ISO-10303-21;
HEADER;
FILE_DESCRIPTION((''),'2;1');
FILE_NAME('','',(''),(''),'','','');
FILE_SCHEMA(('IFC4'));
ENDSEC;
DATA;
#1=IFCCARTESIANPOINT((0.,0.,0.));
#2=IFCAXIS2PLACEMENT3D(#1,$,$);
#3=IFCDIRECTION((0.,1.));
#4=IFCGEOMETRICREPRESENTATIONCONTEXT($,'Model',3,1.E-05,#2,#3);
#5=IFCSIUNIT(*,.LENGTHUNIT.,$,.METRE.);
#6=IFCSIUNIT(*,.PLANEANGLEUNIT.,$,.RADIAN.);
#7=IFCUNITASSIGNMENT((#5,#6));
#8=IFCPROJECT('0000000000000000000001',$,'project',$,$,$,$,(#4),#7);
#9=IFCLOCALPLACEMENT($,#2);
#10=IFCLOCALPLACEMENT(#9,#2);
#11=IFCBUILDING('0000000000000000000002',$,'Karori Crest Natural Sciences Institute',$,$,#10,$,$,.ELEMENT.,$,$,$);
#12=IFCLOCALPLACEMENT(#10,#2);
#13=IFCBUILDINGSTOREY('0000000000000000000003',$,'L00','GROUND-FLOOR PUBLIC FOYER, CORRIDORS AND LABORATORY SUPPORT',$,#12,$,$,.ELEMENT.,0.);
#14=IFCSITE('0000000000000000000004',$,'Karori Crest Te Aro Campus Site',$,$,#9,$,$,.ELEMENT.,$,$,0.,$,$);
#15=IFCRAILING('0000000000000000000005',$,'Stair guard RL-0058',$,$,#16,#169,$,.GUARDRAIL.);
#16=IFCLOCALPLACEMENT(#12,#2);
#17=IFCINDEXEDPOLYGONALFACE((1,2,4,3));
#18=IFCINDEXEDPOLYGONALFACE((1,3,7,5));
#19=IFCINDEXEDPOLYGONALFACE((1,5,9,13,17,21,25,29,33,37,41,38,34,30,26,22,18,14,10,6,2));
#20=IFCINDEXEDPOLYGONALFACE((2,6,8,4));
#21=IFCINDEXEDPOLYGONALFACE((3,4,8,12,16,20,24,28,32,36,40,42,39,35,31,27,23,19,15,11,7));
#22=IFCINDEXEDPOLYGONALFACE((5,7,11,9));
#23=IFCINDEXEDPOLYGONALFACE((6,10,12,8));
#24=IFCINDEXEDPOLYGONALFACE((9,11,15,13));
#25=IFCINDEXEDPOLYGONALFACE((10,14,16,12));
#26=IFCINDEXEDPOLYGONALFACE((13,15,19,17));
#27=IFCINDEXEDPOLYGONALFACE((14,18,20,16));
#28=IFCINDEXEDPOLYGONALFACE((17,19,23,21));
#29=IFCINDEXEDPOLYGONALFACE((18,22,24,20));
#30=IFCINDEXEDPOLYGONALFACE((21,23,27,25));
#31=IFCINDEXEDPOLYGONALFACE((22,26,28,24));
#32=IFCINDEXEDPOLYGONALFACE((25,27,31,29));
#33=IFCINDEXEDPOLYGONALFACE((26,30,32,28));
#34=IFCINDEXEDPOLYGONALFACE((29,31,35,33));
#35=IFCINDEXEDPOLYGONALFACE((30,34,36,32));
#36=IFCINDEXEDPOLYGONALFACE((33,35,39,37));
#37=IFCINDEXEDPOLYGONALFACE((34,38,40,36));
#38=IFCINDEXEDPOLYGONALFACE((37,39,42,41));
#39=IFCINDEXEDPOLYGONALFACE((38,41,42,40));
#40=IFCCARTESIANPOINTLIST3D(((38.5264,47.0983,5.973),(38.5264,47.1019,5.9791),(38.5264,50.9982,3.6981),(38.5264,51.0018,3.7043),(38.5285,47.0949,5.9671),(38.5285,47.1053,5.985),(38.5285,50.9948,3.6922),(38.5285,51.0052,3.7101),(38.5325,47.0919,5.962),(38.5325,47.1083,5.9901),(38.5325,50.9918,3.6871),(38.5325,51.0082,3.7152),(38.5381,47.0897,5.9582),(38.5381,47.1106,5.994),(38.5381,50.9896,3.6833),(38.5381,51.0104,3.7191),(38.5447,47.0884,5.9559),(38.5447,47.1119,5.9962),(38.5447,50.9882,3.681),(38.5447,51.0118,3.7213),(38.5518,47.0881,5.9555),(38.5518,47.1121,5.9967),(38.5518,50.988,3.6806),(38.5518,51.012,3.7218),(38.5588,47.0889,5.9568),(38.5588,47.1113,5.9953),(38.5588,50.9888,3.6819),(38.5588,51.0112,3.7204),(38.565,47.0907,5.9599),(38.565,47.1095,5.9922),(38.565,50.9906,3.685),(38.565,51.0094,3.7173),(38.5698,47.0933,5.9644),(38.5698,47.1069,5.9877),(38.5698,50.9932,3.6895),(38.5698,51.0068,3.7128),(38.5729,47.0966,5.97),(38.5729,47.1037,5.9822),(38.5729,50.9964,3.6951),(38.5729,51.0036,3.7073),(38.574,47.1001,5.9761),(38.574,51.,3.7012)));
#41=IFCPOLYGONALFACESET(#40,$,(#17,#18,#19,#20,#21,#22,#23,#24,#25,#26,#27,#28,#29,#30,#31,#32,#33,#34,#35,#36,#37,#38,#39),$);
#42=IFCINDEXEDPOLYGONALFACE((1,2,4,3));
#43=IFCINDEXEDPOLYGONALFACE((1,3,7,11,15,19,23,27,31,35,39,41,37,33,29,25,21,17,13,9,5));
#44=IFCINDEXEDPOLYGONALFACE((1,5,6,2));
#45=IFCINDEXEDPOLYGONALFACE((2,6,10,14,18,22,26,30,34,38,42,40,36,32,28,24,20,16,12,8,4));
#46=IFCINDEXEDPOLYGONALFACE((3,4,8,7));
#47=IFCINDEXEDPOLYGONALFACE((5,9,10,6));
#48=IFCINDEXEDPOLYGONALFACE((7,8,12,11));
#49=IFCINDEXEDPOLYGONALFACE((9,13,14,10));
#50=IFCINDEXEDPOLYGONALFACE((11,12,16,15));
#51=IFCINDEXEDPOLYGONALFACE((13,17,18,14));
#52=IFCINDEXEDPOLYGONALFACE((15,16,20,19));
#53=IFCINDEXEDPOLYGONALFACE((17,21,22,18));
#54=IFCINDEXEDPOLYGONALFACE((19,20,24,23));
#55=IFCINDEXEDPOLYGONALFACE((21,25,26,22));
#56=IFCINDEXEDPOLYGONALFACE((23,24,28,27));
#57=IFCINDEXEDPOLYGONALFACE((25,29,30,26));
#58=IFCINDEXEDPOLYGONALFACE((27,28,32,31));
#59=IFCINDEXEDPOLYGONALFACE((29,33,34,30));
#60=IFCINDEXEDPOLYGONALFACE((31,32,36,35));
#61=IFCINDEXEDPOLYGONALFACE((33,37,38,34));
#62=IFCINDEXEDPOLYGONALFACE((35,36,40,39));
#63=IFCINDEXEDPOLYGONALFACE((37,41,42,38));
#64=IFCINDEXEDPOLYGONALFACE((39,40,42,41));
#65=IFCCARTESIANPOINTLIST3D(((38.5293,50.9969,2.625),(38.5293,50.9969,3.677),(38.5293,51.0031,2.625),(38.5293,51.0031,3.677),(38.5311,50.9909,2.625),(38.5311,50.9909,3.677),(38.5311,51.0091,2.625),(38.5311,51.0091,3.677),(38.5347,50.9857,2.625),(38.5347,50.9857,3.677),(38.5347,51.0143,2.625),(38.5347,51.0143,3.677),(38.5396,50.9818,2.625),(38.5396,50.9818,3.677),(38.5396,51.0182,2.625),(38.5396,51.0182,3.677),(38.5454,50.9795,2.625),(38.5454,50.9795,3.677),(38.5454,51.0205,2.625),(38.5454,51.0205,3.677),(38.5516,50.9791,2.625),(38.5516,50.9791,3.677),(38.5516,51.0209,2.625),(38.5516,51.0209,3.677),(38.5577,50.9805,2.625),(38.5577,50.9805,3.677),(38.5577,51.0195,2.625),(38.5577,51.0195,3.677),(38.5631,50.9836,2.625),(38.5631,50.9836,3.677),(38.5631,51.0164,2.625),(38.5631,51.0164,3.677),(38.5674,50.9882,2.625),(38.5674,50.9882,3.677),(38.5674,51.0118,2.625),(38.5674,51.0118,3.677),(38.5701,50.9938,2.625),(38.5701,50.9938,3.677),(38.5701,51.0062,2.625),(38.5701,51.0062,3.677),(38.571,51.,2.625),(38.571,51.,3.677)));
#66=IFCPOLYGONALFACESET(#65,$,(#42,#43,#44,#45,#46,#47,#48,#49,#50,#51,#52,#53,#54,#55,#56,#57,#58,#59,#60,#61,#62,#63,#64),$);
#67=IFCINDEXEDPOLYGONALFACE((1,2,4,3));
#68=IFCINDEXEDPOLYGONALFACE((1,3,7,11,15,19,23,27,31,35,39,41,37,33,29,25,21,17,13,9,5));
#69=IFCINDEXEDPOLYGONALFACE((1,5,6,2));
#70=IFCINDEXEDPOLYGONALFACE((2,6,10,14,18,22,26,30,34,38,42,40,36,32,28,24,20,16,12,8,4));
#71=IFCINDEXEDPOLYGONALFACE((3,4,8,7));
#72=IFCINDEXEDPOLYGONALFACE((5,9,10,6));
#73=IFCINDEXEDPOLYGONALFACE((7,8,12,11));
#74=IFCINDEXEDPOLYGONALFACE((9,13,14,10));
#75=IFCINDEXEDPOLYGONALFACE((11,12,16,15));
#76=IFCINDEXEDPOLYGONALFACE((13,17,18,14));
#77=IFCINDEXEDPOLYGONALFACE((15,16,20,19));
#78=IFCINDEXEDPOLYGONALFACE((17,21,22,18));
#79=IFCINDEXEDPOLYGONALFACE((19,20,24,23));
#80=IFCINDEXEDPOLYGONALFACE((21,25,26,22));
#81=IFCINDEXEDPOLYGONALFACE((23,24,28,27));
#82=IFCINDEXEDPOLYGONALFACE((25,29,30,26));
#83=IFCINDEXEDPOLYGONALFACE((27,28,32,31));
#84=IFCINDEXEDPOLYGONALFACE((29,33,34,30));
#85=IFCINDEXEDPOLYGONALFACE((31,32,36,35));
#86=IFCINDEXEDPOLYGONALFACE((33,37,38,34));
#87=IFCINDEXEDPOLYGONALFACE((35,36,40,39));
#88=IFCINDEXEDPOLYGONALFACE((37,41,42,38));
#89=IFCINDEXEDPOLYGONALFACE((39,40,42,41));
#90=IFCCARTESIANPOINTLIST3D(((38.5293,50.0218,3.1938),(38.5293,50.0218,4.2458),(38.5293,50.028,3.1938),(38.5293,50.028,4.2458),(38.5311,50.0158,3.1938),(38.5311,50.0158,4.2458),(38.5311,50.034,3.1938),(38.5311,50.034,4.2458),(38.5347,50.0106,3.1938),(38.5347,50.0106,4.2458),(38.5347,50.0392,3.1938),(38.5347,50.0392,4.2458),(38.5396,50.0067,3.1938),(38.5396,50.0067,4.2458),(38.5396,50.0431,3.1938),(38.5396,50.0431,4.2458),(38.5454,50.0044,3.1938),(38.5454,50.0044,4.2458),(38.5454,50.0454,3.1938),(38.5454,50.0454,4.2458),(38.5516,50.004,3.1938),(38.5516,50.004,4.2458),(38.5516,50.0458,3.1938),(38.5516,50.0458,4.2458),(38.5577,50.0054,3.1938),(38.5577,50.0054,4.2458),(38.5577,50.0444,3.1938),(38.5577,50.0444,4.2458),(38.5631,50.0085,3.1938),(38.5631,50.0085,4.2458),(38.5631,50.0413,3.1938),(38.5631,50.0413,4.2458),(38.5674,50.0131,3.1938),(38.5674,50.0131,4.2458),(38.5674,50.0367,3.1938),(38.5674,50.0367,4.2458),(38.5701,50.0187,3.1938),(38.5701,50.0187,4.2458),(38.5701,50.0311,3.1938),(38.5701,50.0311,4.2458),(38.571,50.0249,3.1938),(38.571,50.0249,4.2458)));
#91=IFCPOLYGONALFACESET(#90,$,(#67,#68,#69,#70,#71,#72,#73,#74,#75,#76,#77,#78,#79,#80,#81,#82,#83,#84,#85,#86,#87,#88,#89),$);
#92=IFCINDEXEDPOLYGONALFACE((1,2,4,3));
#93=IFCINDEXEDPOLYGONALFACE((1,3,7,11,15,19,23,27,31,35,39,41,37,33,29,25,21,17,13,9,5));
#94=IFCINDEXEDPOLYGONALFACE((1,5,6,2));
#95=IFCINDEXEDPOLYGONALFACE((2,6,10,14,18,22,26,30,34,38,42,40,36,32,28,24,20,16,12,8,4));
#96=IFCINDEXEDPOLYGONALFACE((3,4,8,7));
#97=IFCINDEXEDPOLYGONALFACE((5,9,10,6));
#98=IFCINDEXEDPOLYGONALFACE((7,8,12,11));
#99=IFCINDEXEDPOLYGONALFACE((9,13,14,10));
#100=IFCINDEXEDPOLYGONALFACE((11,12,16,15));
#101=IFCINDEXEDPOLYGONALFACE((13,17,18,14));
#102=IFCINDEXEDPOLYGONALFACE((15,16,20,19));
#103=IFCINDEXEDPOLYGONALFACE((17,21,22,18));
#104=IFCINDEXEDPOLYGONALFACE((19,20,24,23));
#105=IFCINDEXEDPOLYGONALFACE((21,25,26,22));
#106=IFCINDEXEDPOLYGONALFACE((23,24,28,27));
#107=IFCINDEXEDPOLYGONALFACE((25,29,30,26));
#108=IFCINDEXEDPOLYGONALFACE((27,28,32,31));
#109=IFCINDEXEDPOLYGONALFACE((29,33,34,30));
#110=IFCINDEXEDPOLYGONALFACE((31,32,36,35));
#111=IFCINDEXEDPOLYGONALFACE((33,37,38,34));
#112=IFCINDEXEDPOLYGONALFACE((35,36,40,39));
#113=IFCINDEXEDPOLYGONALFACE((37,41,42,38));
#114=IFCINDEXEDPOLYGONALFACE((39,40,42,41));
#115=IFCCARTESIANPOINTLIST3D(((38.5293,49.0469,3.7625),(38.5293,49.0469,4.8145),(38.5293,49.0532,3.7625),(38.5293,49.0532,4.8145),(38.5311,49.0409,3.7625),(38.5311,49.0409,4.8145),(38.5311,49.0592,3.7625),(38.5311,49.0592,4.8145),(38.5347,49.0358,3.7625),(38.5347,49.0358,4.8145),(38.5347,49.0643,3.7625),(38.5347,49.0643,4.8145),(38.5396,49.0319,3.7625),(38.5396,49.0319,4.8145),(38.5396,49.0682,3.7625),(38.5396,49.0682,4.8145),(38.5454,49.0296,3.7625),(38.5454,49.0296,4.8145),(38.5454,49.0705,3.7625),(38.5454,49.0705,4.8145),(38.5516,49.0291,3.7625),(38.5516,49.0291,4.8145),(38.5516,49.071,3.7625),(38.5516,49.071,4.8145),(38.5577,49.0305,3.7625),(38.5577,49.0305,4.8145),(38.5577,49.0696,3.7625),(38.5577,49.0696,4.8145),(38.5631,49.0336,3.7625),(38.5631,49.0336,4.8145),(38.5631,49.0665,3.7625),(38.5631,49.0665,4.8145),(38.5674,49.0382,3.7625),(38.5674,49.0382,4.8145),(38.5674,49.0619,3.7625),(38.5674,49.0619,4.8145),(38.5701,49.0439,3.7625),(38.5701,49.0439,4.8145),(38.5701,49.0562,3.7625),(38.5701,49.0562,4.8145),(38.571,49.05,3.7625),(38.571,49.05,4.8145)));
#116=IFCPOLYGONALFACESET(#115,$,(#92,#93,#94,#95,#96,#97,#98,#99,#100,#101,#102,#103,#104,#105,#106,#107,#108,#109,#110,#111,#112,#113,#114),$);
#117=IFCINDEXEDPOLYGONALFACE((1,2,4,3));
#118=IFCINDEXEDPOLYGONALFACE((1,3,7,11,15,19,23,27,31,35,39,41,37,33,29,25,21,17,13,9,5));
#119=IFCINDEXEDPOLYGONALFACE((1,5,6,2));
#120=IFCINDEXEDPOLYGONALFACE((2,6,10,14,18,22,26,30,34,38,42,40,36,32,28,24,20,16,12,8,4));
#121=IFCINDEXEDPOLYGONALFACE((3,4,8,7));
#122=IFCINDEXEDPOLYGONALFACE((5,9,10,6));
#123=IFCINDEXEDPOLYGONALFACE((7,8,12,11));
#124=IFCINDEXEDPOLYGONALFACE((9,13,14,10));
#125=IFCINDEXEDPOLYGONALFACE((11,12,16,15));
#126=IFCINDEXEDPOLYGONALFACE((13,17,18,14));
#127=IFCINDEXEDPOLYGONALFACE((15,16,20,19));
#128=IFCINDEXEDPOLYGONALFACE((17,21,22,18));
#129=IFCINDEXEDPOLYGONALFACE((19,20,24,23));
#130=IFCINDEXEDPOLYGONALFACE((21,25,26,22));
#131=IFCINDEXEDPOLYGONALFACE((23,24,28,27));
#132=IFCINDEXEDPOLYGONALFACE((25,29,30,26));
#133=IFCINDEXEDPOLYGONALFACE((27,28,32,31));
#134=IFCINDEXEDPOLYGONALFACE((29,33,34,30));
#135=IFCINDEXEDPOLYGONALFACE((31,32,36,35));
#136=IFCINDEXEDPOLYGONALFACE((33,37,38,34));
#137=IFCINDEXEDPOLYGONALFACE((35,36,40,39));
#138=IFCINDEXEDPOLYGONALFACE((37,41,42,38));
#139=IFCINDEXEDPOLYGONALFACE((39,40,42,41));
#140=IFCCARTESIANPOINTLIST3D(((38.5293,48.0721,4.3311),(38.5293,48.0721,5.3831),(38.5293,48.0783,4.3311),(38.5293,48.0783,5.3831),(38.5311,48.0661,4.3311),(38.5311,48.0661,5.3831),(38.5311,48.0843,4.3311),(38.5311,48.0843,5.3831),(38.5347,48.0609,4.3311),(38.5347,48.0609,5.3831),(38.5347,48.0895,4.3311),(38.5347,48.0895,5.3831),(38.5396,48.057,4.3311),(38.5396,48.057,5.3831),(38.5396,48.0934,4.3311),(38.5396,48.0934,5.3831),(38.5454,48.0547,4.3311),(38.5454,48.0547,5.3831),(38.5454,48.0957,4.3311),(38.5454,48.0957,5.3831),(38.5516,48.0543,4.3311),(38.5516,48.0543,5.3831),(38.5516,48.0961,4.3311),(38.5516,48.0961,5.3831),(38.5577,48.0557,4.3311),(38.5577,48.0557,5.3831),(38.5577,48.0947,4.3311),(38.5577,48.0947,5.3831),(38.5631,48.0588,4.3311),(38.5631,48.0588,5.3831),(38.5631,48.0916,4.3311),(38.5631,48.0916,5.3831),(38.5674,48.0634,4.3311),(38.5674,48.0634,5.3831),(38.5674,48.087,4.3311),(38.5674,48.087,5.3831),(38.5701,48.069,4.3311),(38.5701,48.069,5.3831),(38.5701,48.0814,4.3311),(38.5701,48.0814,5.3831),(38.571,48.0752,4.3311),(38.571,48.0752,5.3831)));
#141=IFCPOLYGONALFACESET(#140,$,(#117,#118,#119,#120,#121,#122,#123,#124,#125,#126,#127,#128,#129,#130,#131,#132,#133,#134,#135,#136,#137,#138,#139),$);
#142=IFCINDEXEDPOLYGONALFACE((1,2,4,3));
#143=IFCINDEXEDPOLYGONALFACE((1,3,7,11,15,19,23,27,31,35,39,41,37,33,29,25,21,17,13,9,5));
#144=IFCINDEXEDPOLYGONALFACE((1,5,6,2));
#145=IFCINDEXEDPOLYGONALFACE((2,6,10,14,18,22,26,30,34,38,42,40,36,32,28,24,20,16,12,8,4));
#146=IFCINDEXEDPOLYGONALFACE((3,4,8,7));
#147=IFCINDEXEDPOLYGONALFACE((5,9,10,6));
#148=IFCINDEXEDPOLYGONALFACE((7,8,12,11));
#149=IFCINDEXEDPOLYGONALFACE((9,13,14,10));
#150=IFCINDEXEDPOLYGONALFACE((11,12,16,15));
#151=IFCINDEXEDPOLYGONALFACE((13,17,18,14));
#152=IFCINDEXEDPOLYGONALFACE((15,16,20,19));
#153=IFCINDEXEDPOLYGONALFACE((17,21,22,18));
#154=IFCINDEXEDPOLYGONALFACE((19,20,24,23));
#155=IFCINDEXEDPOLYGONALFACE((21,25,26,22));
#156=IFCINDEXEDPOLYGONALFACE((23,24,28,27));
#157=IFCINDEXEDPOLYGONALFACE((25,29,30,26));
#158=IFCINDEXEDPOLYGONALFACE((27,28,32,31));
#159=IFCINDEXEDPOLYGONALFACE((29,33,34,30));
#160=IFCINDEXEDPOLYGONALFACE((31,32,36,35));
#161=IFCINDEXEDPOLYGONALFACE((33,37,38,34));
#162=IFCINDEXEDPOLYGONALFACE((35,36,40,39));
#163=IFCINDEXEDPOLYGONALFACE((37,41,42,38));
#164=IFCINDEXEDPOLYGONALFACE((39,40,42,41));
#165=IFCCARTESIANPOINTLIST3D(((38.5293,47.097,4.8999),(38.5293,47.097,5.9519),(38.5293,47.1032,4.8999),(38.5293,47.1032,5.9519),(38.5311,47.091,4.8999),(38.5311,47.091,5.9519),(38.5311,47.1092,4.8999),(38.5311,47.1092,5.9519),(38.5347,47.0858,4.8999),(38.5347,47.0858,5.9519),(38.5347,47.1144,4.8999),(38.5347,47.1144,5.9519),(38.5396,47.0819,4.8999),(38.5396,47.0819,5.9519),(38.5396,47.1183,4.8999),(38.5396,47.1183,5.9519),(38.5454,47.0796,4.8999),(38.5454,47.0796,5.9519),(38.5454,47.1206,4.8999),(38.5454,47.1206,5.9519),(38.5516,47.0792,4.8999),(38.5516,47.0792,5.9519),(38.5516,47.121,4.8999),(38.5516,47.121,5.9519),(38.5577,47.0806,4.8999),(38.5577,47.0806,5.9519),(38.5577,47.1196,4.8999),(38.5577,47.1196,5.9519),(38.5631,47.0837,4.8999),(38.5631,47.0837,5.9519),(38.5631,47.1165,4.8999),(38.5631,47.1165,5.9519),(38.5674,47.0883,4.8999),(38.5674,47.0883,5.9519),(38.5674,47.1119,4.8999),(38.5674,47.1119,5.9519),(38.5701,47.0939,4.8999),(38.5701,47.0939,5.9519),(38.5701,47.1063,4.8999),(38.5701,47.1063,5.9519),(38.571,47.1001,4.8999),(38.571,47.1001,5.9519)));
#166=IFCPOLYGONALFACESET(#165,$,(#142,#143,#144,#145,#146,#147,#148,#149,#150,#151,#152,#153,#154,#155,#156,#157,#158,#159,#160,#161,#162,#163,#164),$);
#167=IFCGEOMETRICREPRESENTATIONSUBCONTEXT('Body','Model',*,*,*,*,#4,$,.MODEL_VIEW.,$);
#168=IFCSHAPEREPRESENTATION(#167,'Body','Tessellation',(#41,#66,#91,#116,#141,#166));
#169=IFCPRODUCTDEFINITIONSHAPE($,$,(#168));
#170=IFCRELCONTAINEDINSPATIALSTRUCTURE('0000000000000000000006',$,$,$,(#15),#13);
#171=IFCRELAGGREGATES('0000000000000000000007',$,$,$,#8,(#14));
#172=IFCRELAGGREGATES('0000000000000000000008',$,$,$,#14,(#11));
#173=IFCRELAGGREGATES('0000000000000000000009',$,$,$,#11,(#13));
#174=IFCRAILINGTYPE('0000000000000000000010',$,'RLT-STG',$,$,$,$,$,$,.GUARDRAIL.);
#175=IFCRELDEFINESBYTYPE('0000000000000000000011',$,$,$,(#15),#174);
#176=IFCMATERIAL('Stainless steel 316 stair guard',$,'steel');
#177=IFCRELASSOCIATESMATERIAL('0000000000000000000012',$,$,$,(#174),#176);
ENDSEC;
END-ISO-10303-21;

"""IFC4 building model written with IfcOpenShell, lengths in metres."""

from ifc_helpers import new_model, si_unit, direction, frame, origin, origin_2d, place, context, subcontext, project, spatial, circle, extrude, material, type_object, element, save


model = new_model("IFC4")

# Units and contexts
model_context = context("Model", 3, precision=1e-05, world=origin(), true_north=direction((0.0, 1.0)))
body_context = subcontext(model_context, "Body", "Model", "MODEL_VIEW")
ifc_project = project(units=[si_unit("LENGTHUNIT", "METRE"), si_unit("PLANEANGLEUNIT", "RADIAN")], contexts=[model_context])

# Site, building, storey
site_placement = place(None, origin())
site = spatial("IfcSite", under=ifc_project, at=site_placement, Name="Karori Crest Te Aro Campus Site", CompositionType="ELEMENT", RefElevation=0.0)
building_placement = place(site_placement, origin())
building = spatial("IfcBuilding", under=site, at=building_placement, Name="Karori Crest Natural Sciences Institute", CompositionType="ELEMENT")
storey_placement = place(building_placement, origin())
storey = spatial("IfcBuildingStorey", under=building, at=storey_placement, Name="L00", Description="GROUND-FLOOR PUBLIC FOYER, CORRIDORS AND LABORATORY SUPPORT", CompositionType="ELEMENT", Elevation=0.0)

# Railing
ifc_material_1 = material(Name="Stainless steel 316 stair guard", Category="steel")
railing_type_1 = type_object("IfcRailingType", Name="RLT-STG", PredefinedType="GUARDRAIL", material=ifc_material_1)
railing_1_placement = place(storey_placement, frame((38.55, 51.0, 2.625)))
element("IfcRailing", 1, at=railing_1_placement, inside=storey, type_object=railing_type_1, Name="Stair guard RL-0058", PredefinedType="GUARDRAIL", context=body_context, shape_type="SweptSolid", body=[
    extrude(circle(Radius=0.0239, at=origin_2d()), frame((0.0, 0.0, 1.0762), z_axis=(0.0, -0.863783, 0.503864), x_axis=(1.0, 0.0, 0.0)), (0.0, 0.0, 1.0), 4.5149),
    extrude(circle(Radius=0.021, at=origin_2d()), origin(), (0.0, 0.0, 1.0), 1.052),
    extrude(circle(Radius=0.021, at=origin_2d()), frame((0.0, -0.9751, 0.5688)), (0.0, 0.0, 1.0), 1.052),
    extrude(circle(Radius=0.021, at=origin_2d()), frame((0.0, -1.95, 1.1375)), (0.0, 0.0, 1.0), 1.052),
    extrude(circle(Radius=0.021, at=origin_2d()), frame((0.0, -2.9248, 1.7061)), (0.0, 0.0, 1.0), 1.052),
    extrude(circle(Radius=0.021, at=origin_2d()), frame((0.0, -3.8999, 2.2749)), (0.0, 0.0, 1.0), 1.052),
])

save(model, "model.ifc")
